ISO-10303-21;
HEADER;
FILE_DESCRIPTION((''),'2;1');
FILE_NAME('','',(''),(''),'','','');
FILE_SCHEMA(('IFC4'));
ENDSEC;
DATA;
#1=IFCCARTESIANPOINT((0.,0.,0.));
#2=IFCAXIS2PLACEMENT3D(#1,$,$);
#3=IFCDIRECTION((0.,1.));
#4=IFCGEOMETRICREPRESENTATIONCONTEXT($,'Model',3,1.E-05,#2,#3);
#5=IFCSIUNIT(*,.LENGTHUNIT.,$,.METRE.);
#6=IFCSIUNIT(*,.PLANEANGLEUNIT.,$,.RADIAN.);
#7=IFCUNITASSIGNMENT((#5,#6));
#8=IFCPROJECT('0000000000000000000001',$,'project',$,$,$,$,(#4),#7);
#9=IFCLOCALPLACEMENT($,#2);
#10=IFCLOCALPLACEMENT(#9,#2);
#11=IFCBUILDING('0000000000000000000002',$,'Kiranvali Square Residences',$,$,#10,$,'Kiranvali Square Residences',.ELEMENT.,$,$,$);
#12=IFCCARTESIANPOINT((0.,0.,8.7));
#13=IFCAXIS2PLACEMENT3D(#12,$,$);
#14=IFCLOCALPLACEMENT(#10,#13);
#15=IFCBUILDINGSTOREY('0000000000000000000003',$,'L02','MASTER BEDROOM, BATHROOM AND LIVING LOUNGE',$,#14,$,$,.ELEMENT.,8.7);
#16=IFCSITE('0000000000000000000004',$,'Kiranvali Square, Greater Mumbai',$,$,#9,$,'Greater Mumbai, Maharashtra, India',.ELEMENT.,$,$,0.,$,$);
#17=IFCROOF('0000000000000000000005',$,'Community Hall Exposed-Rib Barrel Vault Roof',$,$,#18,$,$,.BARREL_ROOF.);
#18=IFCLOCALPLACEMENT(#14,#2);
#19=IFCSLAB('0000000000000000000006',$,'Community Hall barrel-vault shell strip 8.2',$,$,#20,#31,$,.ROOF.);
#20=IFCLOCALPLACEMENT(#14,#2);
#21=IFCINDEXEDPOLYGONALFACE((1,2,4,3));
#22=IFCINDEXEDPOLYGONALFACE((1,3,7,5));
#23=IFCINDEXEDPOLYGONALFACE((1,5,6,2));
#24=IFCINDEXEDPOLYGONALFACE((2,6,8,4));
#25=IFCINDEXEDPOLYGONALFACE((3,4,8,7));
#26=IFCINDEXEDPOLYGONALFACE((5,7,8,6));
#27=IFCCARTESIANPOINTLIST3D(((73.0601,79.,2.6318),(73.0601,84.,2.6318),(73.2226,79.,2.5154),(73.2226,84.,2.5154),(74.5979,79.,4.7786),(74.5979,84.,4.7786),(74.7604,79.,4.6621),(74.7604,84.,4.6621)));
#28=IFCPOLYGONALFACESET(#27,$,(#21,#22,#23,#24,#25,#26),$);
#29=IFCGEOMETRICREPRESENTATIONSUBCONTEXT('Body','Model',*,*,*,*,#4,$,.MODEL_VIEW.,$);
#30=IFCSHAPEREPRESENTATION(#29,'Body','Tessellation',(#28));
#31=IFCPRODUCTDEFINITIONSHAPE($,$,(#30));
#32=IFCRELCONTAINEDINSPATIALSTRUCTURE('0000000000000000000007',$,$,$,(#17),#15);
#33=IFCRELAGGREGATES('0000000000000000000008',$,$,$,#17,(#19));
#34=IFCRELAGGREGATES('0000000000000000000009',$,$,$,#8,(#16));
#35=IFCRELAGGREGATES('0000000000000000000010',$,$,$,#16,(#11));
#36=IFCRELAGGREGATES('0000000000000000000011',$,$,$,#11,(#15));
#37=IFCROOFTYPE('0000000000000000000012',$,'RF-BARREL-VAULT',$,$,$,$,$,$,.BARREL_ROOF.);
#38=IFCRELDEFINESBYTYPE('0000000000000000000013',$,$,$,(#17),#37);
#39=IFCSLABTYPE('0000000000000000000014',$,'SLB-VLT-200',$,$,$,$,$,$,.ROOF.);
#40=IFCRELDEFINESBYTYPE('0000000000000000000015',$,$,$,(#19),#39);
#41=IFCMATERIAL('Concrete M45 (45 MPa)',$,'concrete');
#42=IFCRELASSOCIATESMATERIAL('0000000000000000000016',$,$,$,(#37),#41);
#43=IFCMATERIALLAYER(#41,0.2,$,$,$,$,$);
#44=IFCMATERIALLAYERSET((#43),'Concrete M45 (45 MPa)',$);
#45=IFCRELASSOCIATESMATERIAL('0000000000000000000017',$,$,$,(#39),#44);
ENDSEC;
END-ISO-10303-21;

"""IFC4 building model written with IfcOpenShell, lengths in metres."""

from ifc_helpers import new_model, si_unit, direction, frame, origin, place, context, subcontext, project, spatial, polyline, outline, extrude, material, layer, layer_set, type_object, element, aggregate, save


model = new_model("IFC4")

# Units and contexts
model_context = context("Model", 3, precision=1e-05, world=origin(), true_north=direction((0.0, 1.0)))
body_context = subcontext(model_context, "Body", "Model", "MODEL_VIEW")
ifc_project = project(units=[si_unit("LENGTHUNIT", "METRE"), si_unit("PLANEANGLEUNIT", "RADIAN")], contexts=[model_context])

# Site, building, storey
site_placement = place(None, origin())
site = spatial("IfcSite", under=ifc_project, at=site_placement, Name="Kiranvali Square, Greater Mumbai", LongName="Greater Mumbai, Maharashtra, India", CompositionType="ELEMENT", RefElevation=0.0)
building_placement = place(site_placement, origin())
building = spatial("IfcBuilding", under=site, at=building_placement, Name="Kiranvali Square Residences", LongName="Kiranvali Square Residences", CompositionType="ELEMENT")
storey_placement = place(building_placement, frame((0.0, 0.0, 8.7)))
storey = spatial("IfcBuildingStorey", under=building, at=storey_placement, Name="L02", Description="MASTER BEDROOM, BATHROOM AND LIVING LOUNGE", CompositionType="ELEMENT", Elevation=8.7)

# Shared definitions
ifc_material_1 = material(Name="Concrete M45 (45 MPa)", Category="concrete")

# Roof, slab
roof_type = type_object("IfcRoofType", Name="RF-BARREL-VAULT", PredefinedType="BARREL_ROOF", material=ifc_material_1)
roof_placement = place(storey_placement, origin())
roof = element("IfcRoof", 1, at=roof_placement, inside=storey, type_object=roof_type, Name="Community Hall Exposed-Rib Barrel Vault Roof", PredefinedType="BARREL_ROOF")
ifc_layer_1 = layer(ifc_material_1, 0.2)
ifc_layer_set_1 = layer_set([ifc_layer_1], Name="Concrete M45 (45 MPa)")
slab_type = type_object("IfcSlabType", Name="SLB-VLT-200", PredefinedType="ROOF", material=ifc_layer_set_1)
slab_1_placement = place(storey_placement, frame((73.0601, 79.0, 2.6318), z_axis=(-0.812933, 0.0, 0.582357), x_axis=(0.582357, 0.0, 0.812933)))
slab_1 = element("IfcSlab", 2, at=slab_1_placement, type_object=slab_type, Name="Community Hall barrel-vault shell strip 8.2", PredefinedType="ROOF", context=body_context, shape_type="SweptSolid", body=[
    extrude(outline(polyline([(0.0, 0.0), (2.6407, 0.0), (2.6407, 5.0), (0.0, 5.0), (0.0, 0.0)])), origin(), (0.0, 0.0, -1.0), 0.2),
])
aggregate(roof, [slab_1])

save(model, "model.ifc")
